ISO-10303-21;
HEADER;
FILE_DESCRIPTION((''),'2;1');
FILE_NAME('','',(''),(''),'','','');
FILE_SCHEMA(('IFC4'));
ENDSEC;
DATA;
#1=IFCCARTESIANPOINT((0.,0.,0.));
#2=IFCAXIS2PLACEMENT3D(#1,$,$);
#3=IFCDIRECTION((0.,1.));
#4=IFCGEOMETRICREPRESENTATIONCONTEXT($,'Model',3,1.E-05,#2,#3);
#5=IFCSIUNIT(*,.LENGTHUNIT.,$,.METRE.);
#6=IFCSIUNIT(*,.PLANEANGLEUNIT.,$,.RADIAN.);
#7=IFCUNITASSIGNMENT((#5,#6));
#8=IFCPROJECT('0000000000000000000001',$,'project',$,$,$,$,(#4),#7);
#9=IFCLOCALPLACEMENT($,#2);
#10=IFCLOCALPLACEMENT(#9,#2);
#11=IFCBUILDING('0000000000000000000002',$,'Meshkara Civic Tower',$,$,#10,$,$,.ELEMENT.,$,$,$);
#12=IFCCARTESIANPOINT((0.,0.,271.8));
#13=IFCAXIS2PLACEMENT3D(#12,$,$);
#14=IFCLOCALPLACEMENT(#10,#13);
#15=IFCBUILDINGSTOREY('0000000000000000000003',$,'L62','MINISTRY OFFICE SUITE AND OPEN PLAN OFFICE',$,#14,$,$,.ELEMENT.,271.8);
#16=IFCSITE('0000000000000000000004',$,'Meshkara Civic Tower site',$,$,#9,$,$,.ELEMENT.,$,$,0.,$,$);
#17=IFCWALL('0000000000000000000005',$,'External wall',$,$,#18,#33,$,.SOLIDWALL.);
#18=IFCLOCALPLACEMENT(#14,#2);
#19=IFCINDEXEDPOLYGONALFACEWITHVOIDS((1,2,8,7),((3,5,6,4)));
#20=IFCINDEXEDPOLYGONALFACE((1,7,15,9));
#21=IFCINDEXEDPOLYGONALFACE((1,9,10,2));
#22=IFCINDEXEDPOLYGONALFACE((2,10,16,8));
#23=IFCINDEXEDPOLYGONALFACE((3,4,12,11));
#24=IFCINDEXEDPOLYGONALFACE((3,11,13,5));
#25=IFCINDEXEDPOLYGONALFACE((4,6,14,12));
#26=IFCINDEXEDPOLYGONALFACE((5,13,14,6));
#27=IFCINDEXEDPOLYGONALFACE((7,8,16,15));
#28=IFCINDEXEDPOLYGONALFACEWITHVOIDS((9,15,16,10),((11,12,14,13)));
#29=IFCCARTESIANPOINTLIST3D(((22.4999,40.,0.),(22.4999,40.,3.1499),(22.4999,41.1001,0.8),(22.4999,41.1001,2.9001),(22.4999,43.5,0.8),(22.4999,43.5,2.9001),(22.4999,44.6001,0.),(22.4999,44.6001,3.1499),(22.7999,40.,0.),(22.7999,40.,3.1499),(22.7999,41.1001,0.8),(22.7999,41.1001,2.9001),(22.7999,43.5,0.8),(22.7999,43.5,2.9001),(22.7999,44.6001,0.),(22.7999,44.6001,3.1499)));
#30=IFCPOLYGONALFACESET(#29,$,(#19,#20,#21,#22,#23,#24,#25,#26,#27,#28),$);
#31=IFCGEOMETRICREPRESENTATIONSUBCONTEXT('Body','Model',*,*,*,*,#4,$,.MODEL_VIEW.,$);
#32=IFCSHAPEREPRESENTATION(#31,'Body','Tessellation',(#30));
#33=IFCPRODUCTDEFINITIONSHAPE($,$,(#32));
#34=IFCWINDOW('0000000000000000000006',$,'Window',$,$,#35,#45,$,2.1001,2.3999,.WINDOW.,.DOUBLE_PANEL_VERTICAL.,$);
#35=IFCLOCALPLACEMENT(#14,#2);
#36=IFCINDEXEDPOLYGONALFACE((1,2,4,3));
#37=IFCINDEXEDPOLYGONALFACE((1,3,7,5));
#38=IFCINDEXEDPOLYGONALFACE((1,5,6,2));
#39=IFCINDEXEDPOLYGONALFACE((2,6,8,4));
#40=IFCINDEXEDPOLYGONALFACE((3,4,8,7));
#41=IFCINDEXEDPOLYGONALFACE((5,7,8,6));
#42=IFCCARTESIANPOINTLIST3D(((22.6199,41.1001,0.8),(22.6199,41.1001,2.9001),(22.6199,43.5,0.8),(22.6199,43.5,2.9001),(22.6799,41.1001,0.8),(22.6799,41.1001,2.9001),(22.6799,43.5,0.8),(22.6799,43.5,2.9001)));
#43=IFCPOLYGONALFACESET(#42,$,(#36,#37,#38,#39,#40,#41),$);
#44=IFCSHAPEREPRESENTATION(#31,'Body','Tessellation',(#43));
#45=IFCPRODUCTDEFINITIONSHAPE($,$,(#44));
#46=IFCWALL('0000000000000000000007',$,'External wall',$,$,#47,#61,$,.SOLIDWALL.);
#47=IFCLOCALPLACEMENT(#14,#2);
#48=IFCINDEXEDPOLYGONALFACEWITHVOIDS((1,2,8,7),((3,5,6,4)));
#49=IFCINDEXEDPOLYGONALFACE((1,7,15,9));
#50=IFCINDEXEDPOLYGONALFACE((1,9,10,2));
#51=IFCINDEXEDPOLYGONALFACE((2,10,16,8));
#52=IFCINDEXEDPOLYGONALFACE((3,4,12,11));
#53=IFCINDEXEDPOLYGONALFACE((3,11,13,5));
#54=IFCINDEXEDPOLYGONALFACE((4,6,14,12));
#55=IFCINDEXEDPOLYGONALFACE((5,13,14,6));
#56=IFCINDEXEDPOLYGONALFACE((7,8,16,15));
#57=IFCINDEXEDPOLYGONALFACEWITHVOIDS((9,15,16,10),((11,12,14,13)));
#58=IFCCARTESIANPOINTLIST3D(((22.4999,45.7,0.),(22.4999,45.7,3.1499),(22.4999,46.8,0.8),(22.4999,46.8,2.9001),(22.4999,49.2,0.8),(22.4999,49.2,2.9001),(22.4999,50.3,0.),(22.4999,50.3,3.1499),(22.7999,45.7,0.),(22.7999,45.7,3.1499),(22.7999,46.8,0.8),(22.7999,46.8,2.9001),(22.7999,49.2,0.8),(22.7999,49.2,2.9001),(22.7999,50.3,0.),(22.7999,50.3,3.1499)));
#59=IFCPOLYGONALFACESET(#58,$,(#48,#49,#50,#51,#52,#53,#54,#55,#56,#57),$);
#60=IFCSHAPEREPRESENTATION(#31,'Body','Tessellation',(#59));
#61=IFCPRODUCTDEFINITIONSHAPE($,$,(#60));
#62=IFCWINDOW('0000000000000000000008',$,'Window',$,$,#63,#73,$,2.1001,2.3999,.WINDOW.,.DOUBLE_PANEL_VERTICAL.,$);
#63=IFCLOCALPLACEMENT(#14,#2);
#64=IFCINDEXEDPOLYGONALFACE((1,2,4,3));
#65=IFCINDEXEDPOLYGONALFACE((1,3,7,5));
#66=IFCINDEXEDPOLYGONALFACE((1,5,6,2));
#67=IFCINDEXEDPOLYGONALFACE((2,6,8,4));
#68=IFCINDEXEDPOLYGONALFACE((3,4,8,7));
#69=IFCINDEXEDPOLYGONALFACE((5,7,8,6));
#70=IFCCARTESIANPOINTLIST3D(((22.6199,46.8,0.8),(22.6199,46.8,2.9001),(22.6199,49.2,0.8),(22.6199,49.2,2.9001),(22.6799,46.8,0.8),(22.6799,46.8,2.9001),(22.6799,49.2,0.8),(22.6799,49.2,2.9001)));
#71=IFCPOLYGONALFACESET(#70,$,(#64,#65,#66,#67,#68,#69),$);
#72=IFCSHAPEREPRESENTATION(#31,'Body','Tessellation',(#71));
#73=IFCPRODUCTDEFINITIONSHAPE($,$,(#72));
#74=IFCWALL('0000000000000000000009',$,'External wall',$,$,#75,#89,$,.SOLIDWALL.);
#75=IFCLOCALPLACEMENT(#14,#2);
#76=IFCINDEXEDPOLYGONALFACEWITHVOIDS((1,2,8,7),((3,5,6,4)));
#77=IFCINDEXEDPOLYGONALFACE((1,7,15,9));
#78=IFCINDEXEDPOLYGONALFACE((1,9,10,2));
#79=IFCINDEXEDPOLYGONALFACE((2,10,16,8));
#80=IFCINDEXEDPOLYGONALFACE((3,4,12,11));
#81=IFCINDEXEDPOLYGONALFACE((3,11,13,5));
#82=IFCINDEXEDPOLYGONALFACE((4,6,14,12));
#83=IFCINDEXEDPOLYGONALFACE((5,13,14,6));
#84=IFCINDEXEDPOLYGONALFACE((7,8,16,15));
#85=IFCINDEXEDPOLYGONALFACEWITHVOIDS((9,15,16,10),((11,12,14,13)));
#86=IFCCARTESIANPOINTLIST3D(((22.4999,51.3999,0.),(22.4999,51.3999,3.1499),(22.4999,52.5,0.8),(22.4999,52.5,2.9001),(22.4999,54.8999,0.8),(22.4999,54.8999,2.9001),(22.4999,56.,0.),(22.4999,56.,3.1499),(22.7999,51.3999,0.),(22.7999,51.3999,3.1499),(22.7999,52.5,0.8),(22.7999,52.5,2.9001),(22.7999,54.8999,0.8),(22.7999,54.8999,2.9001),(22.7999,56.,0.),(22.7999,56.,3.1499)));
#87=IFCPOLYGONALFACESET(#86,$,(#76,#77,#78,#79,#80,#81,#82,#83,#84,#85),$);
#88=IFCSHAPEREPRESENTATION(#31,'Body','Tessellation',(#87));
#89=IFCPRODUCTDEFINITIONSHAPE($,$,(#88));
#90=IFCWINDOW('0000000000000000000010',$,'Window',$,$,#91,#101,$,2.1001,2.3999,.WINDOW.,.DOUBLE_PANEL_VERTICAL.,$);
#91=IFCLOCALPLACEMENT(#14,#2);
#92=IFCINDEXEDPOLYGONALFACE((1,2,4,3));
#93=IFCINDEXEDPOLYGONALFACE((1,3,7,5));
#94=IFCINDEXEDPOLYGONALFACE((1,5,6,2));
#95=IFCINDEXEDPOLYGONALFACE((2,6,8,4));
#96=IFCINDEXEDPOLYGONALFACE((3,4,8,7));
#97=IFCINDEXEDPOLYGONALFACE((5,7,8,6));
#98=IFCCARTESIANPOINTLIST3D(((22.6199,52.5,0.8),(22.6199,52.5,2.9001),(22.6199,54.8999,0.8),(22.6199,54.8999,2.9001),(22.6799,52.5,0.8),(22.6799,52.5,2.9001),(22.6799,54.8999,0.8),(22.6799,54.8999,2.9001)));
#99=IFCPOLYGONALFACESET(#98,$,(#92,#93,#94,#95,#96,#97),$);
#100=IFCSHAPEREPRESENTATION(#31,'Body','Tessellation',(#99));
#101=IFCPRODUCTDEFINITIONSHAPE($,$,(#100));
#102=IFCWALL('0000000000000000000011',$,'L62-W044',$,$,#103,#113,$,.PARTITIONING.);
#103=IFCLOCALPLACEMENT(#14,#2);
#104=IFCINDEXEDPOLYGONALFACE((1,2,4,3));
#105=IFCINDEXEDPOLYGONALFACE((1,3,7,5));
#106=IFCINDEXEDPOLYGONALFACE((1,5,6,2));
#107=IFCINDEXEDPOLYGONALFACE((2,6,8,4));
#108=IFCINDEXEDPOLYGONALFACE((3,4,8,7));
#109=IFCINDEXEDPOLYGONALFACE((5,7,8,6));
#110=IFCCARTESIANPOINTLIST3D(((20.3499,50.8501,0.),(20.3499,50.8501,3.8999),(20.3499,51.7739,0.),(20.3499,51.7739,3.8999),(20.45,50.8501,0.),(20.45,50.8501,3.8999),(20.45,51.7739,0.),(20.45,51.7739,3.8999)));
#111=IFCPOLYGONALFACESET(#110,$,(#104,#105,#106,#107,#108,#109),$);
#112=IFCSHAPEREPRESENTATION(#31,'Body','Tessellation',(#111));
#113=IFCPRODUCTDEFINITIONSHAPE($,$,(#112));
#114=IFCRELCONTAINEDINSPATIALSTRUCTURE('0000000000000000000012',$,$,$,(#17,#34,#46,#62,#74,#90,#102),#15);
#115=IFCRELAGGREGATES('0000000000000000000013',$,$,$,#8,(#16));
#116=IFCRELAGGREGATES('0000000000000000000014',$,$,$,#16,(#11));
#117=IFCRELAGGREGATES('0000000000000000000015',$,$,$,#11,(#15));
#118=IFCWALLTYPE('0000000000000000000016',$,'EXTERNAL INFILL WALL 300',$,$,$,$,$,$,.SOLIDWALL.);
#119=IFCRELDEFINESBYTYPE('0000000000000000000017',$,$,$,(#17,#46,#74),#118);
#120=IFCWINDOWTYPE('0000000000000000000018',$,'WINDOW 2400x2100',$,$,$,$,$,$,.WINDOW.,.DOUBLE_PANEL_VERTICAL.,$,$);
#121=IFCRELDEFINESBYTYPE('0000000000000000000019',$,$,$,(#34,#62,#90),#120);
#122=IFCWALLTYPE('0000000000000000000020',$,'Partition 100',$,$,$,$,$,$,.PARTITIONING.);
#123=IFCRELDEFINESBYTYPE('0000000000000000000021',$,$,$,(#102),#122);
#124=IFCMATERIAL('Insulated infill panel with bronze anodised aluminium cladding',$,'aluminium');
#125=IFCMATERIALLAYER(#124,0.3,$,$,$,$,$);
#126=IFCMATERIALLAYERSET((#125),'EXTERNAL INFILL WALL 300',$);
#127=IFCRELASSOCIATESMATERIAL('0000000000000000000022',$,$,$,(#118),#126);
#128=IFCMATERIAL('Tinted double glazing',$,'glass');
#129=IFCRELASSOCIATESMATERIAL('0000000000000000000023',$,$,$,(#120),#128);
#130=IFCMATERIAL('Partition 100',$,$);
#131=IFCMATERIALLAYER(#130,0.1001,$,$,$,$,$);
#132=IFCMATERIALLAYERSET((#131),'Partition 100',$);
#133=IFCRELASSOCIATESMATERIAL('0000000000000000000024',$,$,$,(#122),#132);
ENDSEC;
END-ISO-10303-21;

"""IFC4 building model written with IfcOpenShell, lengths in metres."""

from ifc_helpers import new_model, si_unit, direction, frame, frame_2d, origin, place, context, subcontext, project, spatial, rectangle, extrude, material, layer, layer_set, type_object, element, fill, save


model = new_model("IFC4")

# Units and contexts
model_context = context("Model", 3, precision=1e-05, world=origin(), true_north=direction((0.0, 1.0)))
body_context = subcontext(model_context, "Body", "Model", "MODEL_VIEW")
ifc_project = project(units=[si_unit("LENGTHUNIT", "METRE"), si_unit("PLANEANGLEUNIT", "RADIAN")], contexts=[model_context])

# Site, building, storey
site_placement = place(None, origin())
site = spatial("IfcSite", under=ifc_project, at=site_placement, Name="Meshkara Civic Tower site", CompositionType="ELEMENT", RefElevation=0.0)
building_placement = place(site_placement, origin())
building = spatial("IfcBuilding", under=site, at=building_placement, Name="Meshkara Civic Tower", CompositionType="ELEMENT")
storey_placement = place(building_placement, frame((0.0, 0.0, 271.8)))
storey = spatial("IfcBuildingStorey", under=building, at=storey_placement, Name="L62", Description="MINISTRY OFFICE SUITE AND OPEN PLAN OFFICE", CompositionType="ELEMENT", Elevation=271.8)

# Walls, openings, windows
ifc_material_1 = material(Name="Insulated infill panel with bronze anodised aluminium cladding", Category="aluminium")
ifc_layer_1 = layer(ifc_material_1, 0.3)
ifc_layer_set_1 = layer_set([ifc_layer_1], Name="EXTERNAL INFILL WALL 300")
wall_type_1 = type_object("IfcWallType", Name="EXTERNAL INFILL WALL 300", PredefinedType="SOLIDWALL", material=ifc_layer_set_1)
ifc_material_2 = material(Name="Tinted double glazing", Category="glass")
window_type = type_object("IfcWindowType", Name="WINDOW 2400x2100", PartitioningType="DOUBLE_PANEL_VERTICAL", PredefinedType="WINDOW", material=ifc_material_2)
wall_1_placement = place(storey_placement, frame((22.6499, 40.0, 0.0), z_axis=(0.0, 0.0, 1.0), x_axis=(0.0, 1.0, 0.0)))
wall_1 = element("IfcWall", 1, at=wall_1_placement, inside=storey, type_object=wall_type_1, Name="External wall", PredefinedType="SOLIDWALL", context=body_context, shape_type="SweptSolid", body=[
    extrude(rectangle(XDim=4.6001, YDim=0.3, at=frame_2d((2.3, 0.0))), origin(), (0.0, 0.0, 1.0), 3.1499),
])
opening_1_placement = place(wall_1_placement, frame((1.1001, 0.0, 0.8)))
opening_1 = element("IfcOpeningElement", 2, at=opening_1_placement, cuts=wall_1, PredefinedType="OPENING", context=body_context, shape_type="SweptSolid", body=[
    extrude(rectangle(XDim=2.3999, YDim=2.1001, at=frame_2d((1.2, 1.05))), frame((0.0, 0.1599, 0.0), z_axis=(0.0, -1.0, 0.0), x_axis=(1.0, 0.0, 0.0)), (0.0, 0.0, 1.0), 0.3201),
])
window_1_placement = place(opening_1_placement, origin())
window_1 = element("IfcWindow", 3, at=window_1_placement, inside=storey, type_object=window_type, Name="Window", OverallHeight=2.1001, OverallWidth=2.3999, PartitioningType="DOUBLE_PANEL_VERTICAL", PredefinedType="WINDOW", context=body_context, shape_type="SweptSolid", body=[
    extrude(rectangle(XDim=2.3999, YDim=2.1001, at=frame_2d((1.2, 1.05))), frame((0.0, 0.03, 0.0), z_axis=(0.0, -1.0, 0.0), x_axis=(1.0, 0.0, 0.0)), (0.0, 0.0, 1.0), 0.0601),
])
fill(opening_1, window_1)
wall_2_placement = place(storey_placement, frame((22.6499, 45.7, 0.0), z_axis=(0.0, 0.0, 1.0), x_axis=(0.0, 1.0, 0.0)))
wall_2 = element("IfcWall", 4, at=wall_2_placement, inside=storey, type_object=wall_type_1, Name="External wall", PredefinedType="SOLIDWALL", context=body_context, shape_type="SweptSolid", body=[
    extrude(rectangle(XDim=4.6001, YDim=0.3, at=frame_2d((2.3, 0.0))), origin(), (0.0, 0.0, 1.0), 3.1499),
])
opening_2_placement = place(wall_2_placement, frame((1.1001, 0.0, 0.8)))
opening_2 = element("IfcOpeningElement", 5, at=opening_2_placement, cuts=wall_2, PredefinedType="OPENING", context=body_context, shape_type="SweptSolid", body=[
    extrude(rectangle(XDim=2.3999, YDim=2.1001, at=frame_2d((1.2, 1.05))), frame((0.0, 0.1599, 0.0), z_axis=(0.0, -1.0, 0.0), x_axis=(1.0, 0.0, 0.0)), (0.0, 0.0, 1.0), 0.3201),
])
window_2_placement = place(opening_2_placement, origin())
window_2 = element("IfcWindow", 6, at=window_2_placement, inside=storey, type_object=window_type, Name="Window", OverallHeight=2.1001, OverallWidth=2.3999, PartitioningType="DOUBLE_PANEL_VERTICAL", PredefinedType="WINDOW", context=body_context, shape_type="SweptSolid", body=[
    extrude(rectangle(XDim=2.3999, YDim=2.1001, at=frame_2d((1.2, 1.05))), frame((0.0, 0.03, 0.0), z_axis=(0.0, -1.0, 0.0), x_axis=(1.0, 0.0, 0.0)), (0.0, 0.0, 1.0), 0.0601),
])
fill(opening_2, window_2)
wall_3_placement = place(storey_placement, frame((22.6499, 51.3999, 0.0), z_axis=(0.0, 0.0, 1.0), x_axis=(0.0, 1.0, 0.0)))
wall_3 = element("IfcWall", 7, at=wall_3_placement, inside=storey, type_object=wall_type_1, Name="External wall", PredefinedType="SOLIDWALL", context=body_context, shape_type="SweptSolid", body=[
    extrude(rectangle(XDim=4.6001, YDim=0.3, at=frame_2d((2.3, 0.0))), origin(), (0.0, 0.0, 1.0), 3.1499),
])
opening_3_placement = place(wall_3_placement, frame((1.1001, 0.0, 0.8)))
opening_3 = element("IfcOpeningElement", 8, at=opening_3_placement, cuts=wall_3, PredefinedType="OPENING", context=body_context, shape_type="SweptSolid", body=[
    extrude(rectangle(XDim=2.3999, YDim=2.1001, at=frame_2d((1.2, 1.05))), frame((0.0, 0.1599, 0.0), z_axis=(0.0, -1.0, 0.0), x_axis=(1.0, 0.0, 0.0)), (0.0, 0.0, 1.0), 0.3201),
])
window_3_placement = place(opening_3_placement, origin())
window_3 = element("IfcWindow", 9, at=window_3_placement, inside=storey, type_object=window_type, Name="Window", OverallHeight=2.1001, OverallWidth=2.3999, PartitioningType="DOUBLE_PANEL_VERTICAL", PredefinedType="WINDOW", context=body_context, shape_type="SweptSolid", body=[
    extrude(rectangle(XDim=2.3999, YDim=2.1001, at=frame_2d((1.2, 1.05))), frame((0.0, 0.03, 0.0), z_axis=(0.0, -1.0, 0.0), x_axis=(1.0, 0.0, 0.0)), (0.0, 0.0, 1.0), 0.0601),
])
fill(opening_3, window_3)

# Wall
ifc_material_3 = material(Name="Partition 100")
ifc_layer_2 = layer(ifc_material_3, 0.1001)
ifc_layer_set_2 = layer_set([ifc_layer_2], Name="Partition 100")
wall_type_2 = type_object("IfcWallType", Name="Partition 100", PredefinedType="PARTITIONING", material=ifc_layer_set_2)
wall_4_placement = place(storey_placement, frame((20.3999, 50.8501, 0.0), z_axis=(0.0, 0.0, 1.0), x_axis=(0.0, 1.0, 0.0)))
element("IfcWall", 10, at=wall_4_placement, inside=storey, type_object=wall_type_2, Name="L62-W044", PredefinedType="PARTITIONING", context=body_context, shape_type="SweptSolid", body=[
    extrude(rectangle(XDim=0.9238, YDim=0.1001, at=frame_2d((0.4619, 0.0))), origin(), (0.0, 0.0, 1.0), 3.8999),
])

save(model, "model.ifc")
